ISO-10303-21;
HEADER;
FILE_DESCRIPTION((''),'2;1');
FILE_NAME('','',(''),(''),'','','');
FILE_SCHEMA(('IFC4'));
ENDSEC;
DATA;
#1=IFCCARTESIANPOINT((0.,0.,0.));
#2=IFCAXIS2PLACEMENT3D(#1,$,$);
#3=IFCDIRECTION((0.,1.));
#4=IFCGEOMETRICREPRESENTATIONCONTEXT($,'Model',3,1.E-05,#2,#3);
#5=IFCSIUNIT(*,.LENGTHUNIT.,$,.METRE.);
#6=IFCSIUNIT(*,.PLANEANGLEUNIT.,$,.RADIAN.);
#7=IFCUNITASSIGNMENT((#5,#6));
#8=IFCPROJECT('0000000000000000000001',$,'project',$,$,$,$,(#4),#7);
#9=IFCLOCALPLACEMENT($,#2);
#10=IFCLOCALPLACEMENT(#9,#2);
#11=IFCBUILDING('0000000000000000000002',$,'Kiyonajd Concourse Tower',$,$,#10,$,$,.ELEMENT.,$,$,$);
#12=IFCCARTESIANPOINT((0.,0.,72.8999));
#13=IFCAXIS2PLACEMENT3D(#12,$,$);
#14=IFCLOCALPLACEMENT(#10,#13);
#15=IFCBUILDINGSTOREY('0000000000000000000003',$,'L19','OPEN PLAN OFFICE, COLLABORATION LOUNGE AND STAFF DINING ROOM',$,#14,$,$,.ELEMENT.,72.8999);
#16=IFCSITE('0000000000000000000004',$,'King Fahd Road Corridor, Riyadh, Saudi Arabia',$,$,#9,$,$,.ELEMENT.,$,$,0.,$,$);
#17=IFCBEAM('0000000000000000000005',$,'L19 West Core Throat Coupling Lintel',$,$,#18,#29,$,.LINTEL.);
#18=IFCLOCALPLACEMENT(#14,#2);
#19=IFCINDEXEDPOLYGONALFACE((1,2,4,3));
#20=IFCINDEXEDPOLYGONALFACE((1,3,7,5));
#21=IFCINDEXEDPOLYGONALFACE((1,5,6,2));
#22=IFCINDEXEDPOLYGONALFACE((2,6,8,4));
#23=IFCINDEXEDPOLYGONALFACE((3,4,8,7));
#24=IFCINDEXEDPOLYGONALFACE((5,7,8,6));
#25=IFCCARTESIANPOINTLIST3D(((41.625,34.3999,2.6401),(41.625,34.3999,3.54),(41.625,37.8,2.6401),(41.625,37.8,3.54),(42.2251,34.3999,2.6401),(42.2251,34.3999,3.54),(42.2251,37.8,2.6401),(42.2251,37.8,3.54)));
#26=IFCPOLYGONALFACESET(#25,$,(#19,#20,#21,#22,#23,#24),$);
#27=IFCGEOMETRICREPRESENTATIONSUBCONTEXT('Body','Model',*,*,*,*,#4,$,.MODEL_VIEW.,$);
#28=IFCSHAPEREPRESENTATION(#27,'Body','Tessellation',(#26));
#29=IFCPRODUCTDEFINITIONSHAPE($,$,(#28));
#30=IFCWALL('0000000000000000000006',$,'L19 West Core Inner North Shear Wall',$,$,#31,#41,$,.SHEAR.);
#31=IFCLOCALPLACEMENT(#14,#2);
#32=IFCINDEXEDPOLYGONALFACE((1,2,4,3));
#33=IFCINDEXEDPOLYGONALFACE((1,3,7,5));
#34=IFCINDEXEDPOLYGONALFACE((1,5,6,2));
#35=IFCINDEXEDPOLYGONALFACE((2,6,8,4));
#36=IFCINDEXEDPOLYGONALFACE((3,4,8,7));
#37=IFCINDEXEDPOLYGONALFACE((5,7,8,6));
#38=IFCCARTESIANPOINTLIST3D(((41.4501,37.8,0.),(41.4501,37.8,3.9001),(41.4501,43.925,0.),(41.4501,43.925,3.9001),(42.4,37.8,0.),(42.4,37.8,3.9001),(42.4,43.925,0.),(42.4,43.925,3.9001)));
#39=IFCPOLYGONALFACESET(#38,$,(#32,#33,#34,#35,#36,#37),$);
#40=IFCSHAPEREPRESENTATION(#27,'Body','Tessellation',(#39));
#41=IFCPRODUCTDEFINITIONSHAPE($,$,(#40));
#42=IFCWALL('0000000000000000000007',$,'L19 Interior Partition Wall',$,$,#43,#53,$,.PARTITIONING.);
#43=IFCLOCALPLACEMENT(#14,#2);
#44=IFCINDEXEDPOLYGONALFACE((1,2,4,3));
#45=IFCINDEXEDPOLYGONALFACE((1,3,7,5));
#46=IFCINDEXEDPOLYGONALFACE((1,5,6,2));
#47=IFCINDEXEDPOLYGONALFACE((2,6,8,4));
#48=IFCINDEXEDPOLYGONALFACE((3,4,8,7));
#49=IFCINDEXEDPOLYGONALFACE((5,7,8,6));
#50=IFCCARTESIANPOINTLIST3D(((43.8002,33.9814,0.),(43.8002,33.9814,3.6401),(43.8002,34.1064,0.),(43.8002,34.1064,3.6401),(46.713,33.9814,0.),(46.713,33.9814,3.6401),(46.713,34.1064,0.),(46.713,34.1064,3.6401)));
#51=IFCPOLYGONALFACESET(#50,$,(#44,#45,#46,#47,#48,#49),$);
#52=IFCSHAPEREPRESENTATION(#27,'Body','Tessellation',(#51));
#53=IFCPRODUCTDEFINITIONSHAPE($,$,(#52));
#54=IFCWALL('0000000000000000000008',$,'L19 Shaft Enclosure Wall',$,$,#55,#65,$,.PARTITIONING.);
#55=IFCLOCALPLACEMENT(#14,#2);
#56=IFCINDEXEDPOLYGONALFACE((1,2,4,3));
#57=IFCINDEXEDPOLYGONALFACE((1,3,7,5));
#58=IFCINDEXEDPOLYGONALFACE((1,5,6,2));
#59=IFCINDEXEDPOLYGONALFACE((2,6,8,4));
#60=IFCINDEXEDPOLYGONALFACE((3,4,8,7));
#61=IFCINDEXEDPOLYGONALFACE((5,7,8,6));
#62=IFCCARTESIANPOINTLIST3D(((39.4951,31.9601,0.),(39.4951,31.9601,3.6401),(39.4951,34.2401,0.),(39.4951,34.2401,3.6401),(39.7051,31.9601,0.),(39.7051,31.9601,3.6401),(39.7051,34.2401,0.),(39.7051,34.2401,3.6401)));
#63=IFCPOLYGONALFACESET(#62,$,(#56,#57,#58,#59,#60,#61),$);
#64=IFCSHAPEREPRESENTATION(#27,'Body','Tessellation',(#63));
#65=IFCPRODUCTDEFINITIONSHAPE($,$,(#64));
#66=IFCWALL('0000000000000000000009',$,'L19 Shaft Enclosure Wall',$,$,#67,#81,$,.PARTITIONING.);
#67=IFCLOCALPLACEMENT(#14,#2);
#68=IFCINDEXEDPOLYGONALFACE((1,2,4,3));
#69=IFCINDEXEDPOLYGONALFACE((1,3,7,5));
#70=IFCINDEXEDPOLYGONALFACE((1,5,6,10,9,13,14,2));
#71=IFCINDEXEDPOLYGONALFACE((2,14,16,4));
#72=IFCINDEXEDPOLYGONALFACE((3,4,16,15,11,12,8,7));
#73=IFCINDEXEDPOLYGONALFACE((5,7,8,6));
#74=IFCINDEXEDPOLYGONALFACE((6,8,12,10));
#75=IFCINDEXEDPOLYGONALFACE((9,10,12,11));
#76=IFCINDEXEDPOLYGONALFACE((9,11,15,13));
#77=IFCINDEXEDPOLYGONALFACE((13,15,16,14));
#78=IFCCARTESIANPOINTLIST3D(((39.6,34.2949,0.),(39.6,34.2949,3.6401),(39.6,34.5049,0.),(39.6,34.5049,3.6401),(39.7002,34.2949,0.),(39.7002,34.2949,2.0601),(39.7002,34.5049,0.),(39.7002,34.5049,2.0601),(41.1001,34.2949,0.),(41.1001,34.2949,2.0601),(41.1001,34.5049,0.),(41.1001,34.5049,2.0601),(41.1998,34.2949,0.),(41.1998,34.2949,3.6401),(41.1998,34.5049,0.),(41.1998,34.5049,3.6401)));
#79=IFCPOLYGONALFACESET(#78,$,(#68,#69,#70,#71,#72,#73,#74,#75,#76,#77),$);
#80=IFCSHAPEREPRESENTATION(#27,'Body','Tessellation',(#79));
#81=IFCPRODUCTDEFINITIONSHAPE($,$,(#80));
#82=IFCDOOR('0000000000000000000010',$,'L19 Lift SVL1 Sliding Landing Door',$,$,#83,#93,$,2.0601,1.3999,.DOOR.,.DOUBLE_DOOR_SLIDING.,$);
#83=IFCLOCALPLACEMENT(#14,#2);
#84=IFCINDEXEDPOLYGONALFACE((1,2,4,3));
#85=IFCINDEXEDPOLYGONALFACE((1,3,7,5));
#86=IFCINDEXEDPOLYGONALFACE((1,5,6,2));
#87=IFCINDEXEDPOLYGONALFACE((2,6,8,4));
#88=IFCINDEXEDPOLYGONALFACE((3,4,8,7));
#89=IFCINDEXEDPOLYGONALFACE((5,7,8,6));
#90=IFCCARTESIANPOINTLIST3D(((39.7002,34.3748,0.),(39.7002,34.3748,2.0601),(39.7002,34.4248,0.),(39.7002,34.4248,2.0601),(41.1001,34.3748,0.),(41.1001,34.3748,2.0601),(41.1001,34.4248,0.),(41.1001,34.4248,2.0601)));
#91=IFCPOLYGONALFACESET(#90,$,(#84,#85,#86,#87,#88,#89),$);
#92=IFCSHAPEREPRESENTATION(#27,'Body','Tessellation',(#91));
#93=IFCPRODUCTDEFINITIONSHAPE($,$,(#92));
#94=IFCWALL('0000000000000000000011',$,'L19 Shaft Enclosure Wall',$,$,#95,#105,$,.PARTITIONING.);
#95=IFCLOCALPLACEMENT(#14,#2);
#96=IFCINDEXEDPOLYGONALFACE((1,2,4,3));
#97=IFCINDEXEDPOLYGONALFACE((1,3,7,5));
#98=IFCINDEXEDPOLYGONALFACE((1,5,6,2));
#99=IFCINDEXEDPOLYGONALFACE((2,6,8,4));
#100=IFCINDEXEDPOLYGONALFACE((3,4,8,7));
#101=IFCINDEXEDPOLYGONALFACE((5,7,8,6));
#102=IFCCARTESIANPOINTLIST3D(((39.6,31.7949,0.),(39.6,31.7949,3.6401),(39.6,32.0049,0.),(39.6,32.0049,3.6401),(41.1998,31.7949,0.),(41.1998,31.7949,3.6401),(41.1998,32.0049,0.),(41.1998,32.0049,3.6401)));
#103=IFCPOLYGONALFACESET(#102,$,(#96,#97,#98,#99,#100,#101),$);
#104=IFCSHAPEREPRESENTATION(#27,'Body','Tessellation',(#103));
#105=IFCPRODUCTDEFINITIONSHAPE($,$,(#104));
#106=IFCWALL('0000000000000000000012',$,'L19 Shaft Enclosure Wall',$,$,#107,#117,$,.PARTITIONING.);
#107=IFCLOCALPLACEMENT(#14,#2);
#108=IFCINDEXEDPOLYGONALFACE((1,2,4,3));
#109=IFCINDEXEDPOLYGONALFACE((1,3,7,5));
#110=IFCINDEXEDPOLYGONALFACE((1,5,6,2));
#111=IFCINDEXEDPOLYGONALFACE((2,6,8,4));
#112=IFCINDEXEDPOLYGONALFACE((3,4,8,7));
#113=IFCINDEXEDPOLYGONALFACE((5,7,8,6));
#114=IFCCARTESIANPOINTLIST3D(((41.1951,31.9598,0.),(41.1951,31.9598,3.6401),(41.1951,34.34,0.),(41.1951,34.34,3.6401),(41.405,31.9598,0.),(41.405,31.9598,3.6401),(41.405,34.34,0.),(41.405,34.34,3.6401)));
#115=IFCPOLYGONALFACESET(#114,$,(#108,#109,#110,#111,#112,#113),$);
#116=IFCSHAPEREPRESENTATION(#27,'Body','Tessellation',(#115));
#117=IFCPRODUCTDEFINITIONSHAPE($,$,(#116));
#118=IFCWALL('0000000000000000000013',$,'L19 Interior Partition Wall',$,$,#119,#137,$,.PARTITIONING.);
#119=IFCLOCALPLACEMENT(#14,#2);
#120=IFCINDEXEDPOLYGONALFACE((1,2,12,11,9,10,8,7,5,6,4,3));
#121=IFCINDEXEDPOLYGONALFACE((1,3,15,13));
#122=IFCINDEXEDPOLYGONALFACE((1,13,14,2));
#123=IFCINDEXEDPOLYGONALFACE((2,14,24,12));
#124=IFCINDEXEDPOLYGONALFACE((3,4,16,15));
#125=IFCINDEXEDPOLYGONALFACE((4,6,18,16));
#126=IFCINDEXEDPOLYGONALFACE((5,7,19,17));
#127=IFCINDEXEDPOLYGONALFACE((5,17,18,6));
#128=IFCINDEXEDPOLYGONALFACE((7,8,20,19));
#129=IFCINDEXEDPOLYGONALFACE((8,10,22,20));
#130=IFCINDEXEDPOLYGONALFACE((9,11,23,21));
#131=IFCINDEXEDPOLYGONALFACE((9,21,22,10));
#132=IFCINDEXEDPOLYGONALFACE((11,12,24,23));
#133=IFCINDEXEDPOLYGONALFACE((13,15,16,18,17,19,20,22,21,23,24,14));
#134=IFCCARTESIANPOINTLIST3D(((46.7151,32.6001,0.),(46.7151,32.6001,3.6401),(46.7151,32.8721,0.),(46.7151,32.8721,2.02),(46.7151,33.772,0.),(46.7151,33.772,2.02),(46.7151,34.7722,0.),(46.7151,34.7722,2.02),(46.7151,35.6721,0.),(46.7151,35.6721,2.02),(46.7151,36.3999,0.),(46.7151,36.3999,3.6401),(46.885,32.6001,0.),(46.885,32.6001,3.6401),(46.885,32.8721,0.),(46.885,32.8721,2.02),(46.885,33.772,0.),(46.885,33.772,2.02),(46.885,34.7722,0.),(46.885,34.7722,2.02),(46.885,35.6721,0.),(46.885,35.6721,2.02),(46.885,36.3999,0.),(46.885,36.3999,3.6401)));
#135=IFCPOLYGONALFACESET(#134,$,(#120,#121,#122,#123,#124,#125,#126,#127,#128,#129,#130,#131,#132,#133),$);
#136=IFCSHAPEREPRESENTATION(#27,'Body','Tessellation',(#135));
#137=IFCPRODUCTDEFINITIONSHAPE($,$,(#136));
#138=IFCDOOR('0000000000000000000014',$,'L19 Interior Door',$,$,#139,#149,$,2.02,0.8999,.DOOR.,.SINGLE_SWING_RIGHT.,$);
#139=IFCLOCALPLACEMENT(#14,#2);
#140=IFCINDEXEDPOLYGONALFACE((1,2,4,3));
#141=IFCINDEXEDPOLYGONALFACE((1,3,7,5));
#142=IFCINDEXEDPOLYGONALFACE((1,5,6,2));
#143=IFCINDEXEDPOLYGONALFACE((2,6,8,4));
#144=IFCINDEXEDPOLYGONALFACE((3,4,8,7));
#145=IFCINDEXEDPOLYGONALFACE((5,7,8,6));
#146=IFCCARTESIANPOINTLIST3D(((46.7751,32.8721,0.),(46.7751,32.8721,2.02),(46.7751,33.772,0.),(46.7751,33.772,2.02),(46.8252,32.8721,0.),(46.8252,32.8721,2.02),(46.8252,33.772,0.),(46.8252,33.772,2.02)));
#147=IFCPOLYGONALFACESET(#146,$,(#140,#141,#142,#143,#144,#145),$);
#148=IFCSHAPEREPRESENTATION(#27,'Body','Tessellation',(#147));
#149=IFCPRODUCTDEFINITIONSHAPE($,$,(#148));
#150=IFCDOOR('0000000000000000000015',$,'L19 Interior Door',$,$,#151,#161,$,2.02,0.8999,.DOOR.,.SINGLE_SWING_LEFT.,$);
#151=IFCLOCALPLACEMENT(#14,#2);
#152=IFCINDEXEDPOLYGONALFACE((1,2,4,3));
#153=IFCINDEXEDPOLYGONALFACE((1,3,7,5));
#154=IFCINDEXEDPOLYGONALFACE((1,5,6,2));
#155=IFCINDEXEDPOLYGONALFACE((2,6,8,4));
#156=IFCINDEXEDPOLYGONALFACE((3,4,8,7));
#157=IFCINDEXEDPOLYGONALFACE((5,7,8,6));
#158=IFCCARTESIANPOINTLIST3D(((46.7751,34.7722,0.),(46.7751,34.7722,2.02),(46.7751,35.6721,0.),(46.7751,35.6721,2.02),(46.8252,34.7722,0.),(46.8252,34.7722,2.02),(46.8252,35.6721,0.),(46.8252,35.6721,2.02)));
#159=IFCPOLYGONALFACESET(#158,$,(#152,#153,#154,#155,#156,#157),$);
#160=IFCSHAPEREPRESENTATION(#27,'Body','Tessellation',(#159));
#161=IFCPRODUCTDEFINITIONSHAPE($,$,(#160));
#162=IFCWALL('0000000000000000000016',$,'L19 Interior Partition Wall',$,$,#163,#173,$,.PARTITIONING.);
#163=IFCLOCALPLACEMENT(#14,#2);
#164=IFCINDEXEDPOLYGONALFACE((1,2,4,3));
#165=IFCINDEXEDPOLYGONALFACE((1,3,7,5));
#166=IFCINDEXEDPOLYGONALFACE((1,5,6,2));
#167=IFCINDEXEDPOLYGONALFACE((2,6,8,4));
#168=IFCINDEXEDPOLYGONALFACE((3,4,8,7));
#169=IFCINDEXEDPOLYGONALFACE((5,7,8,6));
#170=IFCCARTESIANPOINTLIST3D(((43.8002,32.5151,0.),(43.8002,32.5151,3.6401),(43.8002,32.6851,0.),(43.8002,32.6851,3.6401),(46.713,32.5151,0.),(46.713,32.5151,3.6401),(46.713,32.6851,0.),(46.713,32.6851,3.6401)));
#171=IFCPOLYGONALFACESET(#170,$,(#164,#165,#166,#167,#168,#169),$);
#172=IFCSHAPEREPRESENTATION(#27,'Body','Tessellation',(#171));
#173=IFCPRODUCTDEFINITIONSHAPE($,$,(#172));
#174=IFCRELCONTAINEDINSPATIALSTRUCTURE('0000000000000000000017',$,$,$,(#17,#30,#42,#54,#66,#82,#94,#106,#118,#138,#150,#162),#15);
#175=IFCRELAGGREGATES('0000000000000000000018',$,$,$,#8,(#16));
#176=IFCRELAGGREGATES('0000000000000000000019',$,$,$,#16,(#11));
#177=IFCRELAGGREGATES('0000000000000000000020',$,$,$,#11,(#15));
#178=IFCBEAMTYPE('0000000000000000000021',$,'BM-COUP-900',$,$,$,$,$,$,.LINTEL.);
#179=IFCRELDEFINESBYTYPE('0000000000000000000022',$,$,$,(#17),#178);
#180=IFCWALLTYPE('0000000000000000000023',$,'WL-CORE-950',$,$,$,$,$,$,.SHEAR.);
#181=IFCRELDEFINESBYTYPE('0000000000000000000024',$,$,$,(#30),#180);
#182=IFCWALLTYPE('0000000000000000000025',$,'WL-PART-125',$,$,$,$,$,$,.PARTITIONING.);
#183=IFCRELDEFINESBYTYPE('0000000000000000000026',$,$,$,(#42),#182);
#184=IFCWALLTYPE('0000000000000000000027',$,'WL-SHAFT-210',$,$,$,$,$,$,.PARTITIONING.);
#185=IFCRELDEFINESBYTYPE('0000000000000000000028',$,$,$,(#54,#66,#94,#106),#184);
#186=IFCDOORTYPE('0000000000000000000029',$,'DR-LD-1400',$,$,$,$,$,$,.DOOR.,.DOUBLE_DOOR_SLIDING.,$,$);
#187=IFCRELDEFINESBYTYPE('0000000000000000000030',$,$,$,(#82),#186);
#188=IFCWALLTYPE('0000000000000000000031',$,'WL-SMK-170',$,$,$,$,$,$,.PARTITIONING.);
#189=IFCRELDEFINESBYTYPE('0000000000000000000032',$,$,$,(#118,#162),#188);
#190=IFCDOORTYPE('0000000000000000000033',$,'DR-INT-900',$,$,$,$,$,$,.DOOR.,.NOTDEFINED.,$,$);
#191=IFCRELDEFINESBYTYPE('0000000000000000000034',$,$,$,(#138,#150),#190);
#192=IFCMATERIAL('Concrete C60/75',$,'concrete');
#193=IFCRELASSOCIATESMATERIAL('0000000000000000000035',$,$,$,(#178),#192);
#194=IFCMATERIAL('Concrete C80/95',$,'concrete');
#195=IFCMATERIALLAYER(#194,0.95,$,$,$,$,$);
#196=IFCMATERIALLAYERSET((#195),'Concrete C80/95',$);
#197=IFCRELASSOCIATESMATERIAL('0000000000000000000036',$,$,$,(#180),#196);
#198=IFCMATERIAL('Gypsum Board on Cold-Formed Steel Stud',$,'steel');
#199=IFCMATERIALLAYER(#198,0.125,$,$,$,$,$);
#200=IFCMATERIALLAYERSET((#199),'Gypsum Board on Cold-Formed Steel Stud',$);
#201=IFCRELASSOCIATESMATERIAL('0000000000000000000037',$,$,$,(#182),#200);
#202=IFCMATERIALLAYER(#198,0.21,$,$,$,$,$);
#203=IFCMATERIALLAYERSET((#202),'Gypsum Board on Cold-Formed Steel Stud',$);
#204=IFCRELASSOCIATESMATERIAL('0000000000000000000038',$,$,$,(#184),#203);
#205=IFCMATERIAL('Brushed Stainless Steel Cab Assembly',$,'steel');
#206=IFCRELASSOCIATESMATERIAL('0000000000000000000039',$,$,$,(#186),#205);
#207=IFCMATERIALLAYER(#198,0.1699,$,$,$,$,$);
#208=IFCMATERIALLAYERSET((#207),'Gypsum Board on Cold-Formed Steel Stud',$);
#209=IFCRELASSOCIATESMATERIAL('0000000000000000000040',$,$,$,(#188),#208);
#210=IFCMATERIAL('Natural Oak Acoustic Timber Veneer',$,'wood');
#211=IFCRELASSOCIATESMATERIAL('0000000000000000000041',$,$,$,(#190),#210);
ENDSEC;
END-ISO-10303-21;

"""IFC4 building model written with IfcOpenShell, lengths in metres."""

from ifc_helpers import new_model, si_unit, direction, frame, frame_2d, origin, origin_2d, place, context, subcontext, project, spatial, rectangle, extrude, material, layer, layer_set, material_profile, profile_set, type_object, element, fill, save


model = new_model("IFC4")

# Units and contexts
model_context = context("Model", 3, precision=1e-05, world=origin(), true_north=direction((0.0, 1.0)))
body_context = subcontext(model_context, "Body", "Model", "MODEL_VIEW")
ifc_project = project(units=[si_unit("LENGTHUNIT", "METRE"), si_unit("PLANEANGLEUNIT", "RADIAN")], contexts=[model_context])

# Site, building, storey
site_placement = place(None, origin())
site = spatial("IfcSite", under=ifc_project, at=site_placement, Name="King Fahd Road Corridor, Riyadh, Saudi Arabia", CompositionType="ELEMENT", RefElevation=0.0)
building_placement = place(site_placement, origin())
building = spatial("IfcBuilding", under=site, at=building_placement, Name="Kiyonajd Concourse Tower", CompositionType="ELEMENT")
storey_placement = place(building_placement, frame((0.0, 0.0, 72.8999)))
storey = spatial("IfcBuildingStorey", under=building, at=storey_placement, Name="L19", Description="OPEN PLAN OFFICE, COLLABORATION LOUNGE AND STAFF DINING ROOM", CompositionType="ELEMENT", Elevation=72.8999)

# Beam
ifc_material_1 = material(Name="Concrete C60/75", Category="concrete")
ifc_material_profile = material_profile(ifc_material_1, rectangle(XDim=0.6001, YDim=0.8999, at=origin_2d()), Name="RCBM-600x900")
ifc_profile_set = profile_set([ifc_material_profile], Name="Concrete C60/75")
beam_type = type_object("IfcBeamType", Name="BM-COUP-900", PredefinedType="LINTEL", material=ifc_profile_set)
beam_placement = place(storey_placement, frame((41.925, 34.3999, 3.0901), z_axis=(0.0, 1.0, 0.0), x_axis=(-1.0, 0.0, 0.0)))
element("IfcBeam", 1, at=beam_placement, inside=storey, type_object=beam_type, Name="L19 West Core Throat Coupling Lintel", PredefinedType="LINTEL", context=body_context, shape_type="SweptSolid", body=[
    extrude(rectangle(XDim=0.6001, YDim=0.8999, at=origin_2d()), origin(), (0.0, 0.0, 1.0), 3.4001),
])

# Walls
ifc_material_2 = material(Name="Concrete C80/95", Category="concrete")
ifc_layer_1 = layer(ifc_material_2, 0.95)
ifc_layer_set_1 = layer_set([ifc_layer_1], Name="Concrete C80/95")
wall_type_1 = type_object("IfcWallType", Name="WL-CORE-950", PredefinedType="SHEAR", material=ifc_layer_set_1)
wall_1_placement = place(storey_placement, frame((41.925, 37.8, 0.0), z_axis=(0.0, 0.0, 1.0), x_axis=(0.0, 1.0, 0.0)))
element("IfcWall", 2, at=wall_1_placement, inside=storey, type_object=wall_type_1, Name="L19 West Core Inner North Shear Wall", PredefinedType="SHEAR", context=body_context, shape_type="SweptSolid", body=[
    extrude(rectangle(XDim=6.125, YDim=0.95, at=frame_2d((3.0625, 0.0))), origin(), (0.0, 0.0, 1.0), 3.9001),
])
ifc_material_3 = material(Name="Gypsum Board on Cold-Formed Steel Stud", Category="steel")
ifc_layer_2 = layer(ifc_material_3, 0.125)
ifc_layer_set_2 = layer_set([ifc_layer_2], Name="Gypsum Board on Cold-Formed Steel Stud")
wall_type_2 = type_object("IfcWallType", Name="WL-PART-125", PredefinedType="PARTITIONING", material=ifc_layer_set_2)
wall_2_placement = place(storey_placement, frame((43.8, 34.0439, 0.0), z_axis=(0.0, 0.0, 1.0), x_axis=(1.0, 0.0, 0.0)))
element("IfcWall", 3, at=wall_2_placement, inside=storey, type_object=wall_type_2, Name="L19 Interior Partition Wall", PredefinedType="PARTITIONING", context=body_context, shape_type="SweptSolid", body=[
    extrude(rectangle(XDim=2.9128, YDim=0.125, at=frame_2d((1.4565, 0.0))), origin(), (0.0, 0.0, 1.0), 3.6401),
])
ifc_layer_3 = layer(ifc_material_3, 0.21)
ifc_layer_set_3 = layer_set([ifc_layer_3], Name="Gypsum Board on Cold-Formed Steel Stud")
wall_type_3 = type_object("IfcWallType", Name="WL-SHAFT-210", PredefinedType="PARTITIONING", material=ifc_layer_set_3)
wall_3_placement = place(storey_placement, frame((39.6001, 31.96, 0.0), z_axis=(0.0, 0.0, 1.0), x_axis=(0.0, 1.0, 0.0)))
element("IfcWall", 4, at=wall_3_placement, inside=storey, type_object=wall_type_3, Name="L19 Shaft Enclosure Wall", PredefinedType="PARTITIONING", context=body_context, shape_type="SweptSolid", body=[
    extrude(rectangle(XDim=2.28, YDim=0.21, at=frame_2d((1.1401, 0.0))), origin(), (0.0, 0.0, 1.0), 3.6401),
])

# Wall, opening, door
wall_4_placement = place(storey_placement, frame((39.6001, 34.3999, 0.0), z_axis=(0.0, 0.0, 1.0), x_axis=(1.0, 0.0, 0.0)))
wall_4 = element("IfcWall", 5, at=wall_4_placement, inside=storey, type_object=wall_type_3, Name="L19 Shaft Enclosure Wall", PredefinedType="PARTITIONING", context=body_context, shape_type="SweptSolid", body=[
    extrude(rectangle(XDim=1.5999, YDim=0.21, at=frame_2d((0.7998, 0.0))), origin(), (0.0, 0.0, 1.0), 3.6401),
])
opening_1_placement = place(wall_4_placement, frame((0.1001, 0.0, 0.0)))
opening_1 = element("IfcOpeningElement", 6, at=opening_1_placement, cuts=wall_4, PredefinedType="OPENING", context=body_context, shape_type="SweptSolid", body=[
    extrude(rectangle(XDim=1.3999, YDim=2.0601, at=frame_2d((0.7, 1.03))), frame((0.0, 0.115, 0.0), z_axis=(0.0, -1.0, 0.0), x_axis=(1.0, 0.0, 0.0)), (0.0, 0.0, 1.0), 0.23),
])
ifc_material_4 = material(Name="Brushed Stainless Steel Cab Assembly", Category="steel")
door_type_1 = type_object("IfcDoorType", Name="DR-LD-1400", OperationType="DOUBLE_DOOR_SLIDING", PredefinedType="DOOR", material=ifc_material_4)
door_1_placement = place(opening_1_placement, origin())
door_1 = element("IfcDoor", 7, at=door_1_placement, inside=storey, type_object=door_type_1, Name="L19 Lift SVL1 Sliding Landing Door", OperationType="DOUBLE_DOOR_SLIDING", OverallHeight=2.0601, OverallWidth=1.3999, PredefinedType="DOOR", context=body_context, shape_type="SweptSolid", body=[
    extrude(rectangle(XDim=1.3999, YDim=2.0601, at=frame_2d((0.7, 1.03))), frame((0.0, 0.0249, 0.0), z_axis=(0.0, -1.0, 0.0), x_axis=(1.0, 0.0, 0.0)), (0.0, 0.0, 1.0), 0.05),
])
fill(opening_1, door_1)

# Walls
wall_5_placement = place(storey_placement, frame((39.6001, 31.8999, 0.0), z_axis=(0.0, 0.0, 1.0), x_axis=(1.0, 0.0, 0.0)))
element("IfcWall", 8, at=wall_5_placement, inside=storey, type_object=wall_type_3, Name="L19 Shaft Enclosure Wall", PredefinedType="PARTITIONING", context=body_context, shape_type="SweptSolid", body=[
    extrude(rectangle(XDim=1.5999, YDim=0.21, at=frame_2d((0.7998, 0.0))), origin(), (0.0, 0.0, 1.0), 3.6401),
])
wall_6_placement = place(storey_placement, frame((41.3, 31.96, 0.0), z_axis=(0.0, 0.0, 1.0), x_axis=(0.0, 1.0, 0.0)))
element("IfcWall", 9, at=wall_6_placement, inside=storey, type_object=wall_type_3, Name="L19 Shaft Enclosure Wall", PredefinedType="PARTITIONING", context=body_context, shape_type="SweptSolid", body=[
    extrude(rectangle(XDim=2.3801, YDim=0.21, at=frame_2d((1.1899, 0.0))), origin(), (0.0, 0.0, 1.0), 3.6401),
])

# Wall, openings, doors
ifc_layer_4 = layer(ifc_material_3, 0.1699)
ifc_layer_set_4 = layer_set([ifc_layer_4], Name="Gypsum Board on Cold-Formed Steel Stud")
wall_type_4 = type_object("IfcWallType", Name="WL-SMK-170", PredefinedType="PARTITIONING", material=ifc_layer_set_4)
wall_7_placement = place(storey_placement, frame((46.8, 32.6001, 0.0), z_axis=(0.0, 0.0, 1.0), x_axis=(0.0, 1.0, 0.0)))
wall_7 = element("IfcWall", 10, at=wall_7_placement, inside=storey, type_object=wall_type_4, Name="L19 Interior Partition Wall", PredefinedType="PARTITIONING", context=body_context, shape_type="SweptSolid", body=[
    extrude(rectangle(XDim=3.7998, YDim=0.1699, at=frame_2d((1.8999, 0.0))), origin(), (0.0, 0.0, 1.0), 3.6401),
])
opening_2_placement = place(wall_7_placement, frame((0.272, 0.0, 0.0)))
opening_2 = element("IfcOpeningElement", 11, at=opening_2_placement, cuts=wall_7, PredefinedType="OPENING", context=body_context, shape_type="SweptSolid", body=[
    extrude(rectangle(XDim=0.8999, YDim=2.02, at=frame_2d((0.45, 1.01))), frame((0.0, 0.095, 0.0), z_axis=(0.0, -1.0, 0.0), x_axis=(1.0, 0.0, 0.0)), (0.0, 0.0, 1.0), 0.1899),
])
opening_3_placement = place(wall_7_placement, frame((2.1721, 0.0, 0.0)))
opening_3 = element("IfcOpeningElement", 12, at=opening_3_placement, cuts=wall_7, PredefinedType="OPENING", context=body_context, shape_type="SweptSolid", body=[
    extrude(rectangle(XDim=0.8999, YDim=2.02, at=frame_2d((0.45, 1.01))), frame((0.0, 0.095, 0.0), z_axis=(0.0, -1.0, 0.0), x_axis=(1.0, 0.0, 0.0)), (0.0, 0.0, 1.0), 0.1899),
])
ifc_material_5 = material(Name="Natural Oak Acoustic Timber Veneer", Category="wood")
door_type_2 = type_object("IfcDoorType", Name="DR-INT-900", OperationType="NOTDEFINED", PredefinedType="DOOR", material=ifc_material_5)
door_2_placement = place(opening_2_placement, origin())
door_2 = element("IfcDoor", 13, at=door_2_placement, inside=storey, type_object=door_type_2, Name="L19 Interior Door", OperationType="SINGLE_SWING_RIGHT", OverallHeight=2.02, OverallWidth=0.8999, PredefinedType="DOOR", context=body_context, shape_type="SweptSolid", body=[
    extrude(rectangle(XDim=0.8999, YDim=2.02, at=frame_2d((0.45, 1.01))), frame((0.0, 0.0249, 0.0), z_axis=(0.0, -1.0, 0.0), x_axis=(1.0, 0.0, 0.0)), (0.0, 0.0, 1.0), 0.05),
])
fill(opening_2, door_2)
door_3_placement = place(opening_3_placement, origin())
door_3 = element("IfcDoor", 14, at=door_3_placement, inside=storey, type_object=door_type_2, Name="L19 Interior Door", OperationType="SINGLE_SWING_LEFT", OverallHeight=2.02, OverallWidth=0.8999, PredefinedType="DOOR", context=body_context, shape_type="SweptSolid", body=[
    extrude(rectangle(XDim=0.8999, YDim=2.02, at=frame_2d((0.45, 1.01))), frame((0.0, 0.0249, 0.0), z_axis=(0.0, -1.0, 0.0), x_axis=(1.0, 0.0, 0.0)), (0.0, 0.0, 1.0), 0.05),
])
fill(opening_3, door_3)

# Wall
for number, where, z_axis, x_axis, name in (
    (15, (43.8, 32.6001, 0.0), (0.0, 0.0, 1.0), (1.0, 0.0, 0.0), "L19 Interior Partition Wall"),
):
    element("IfcWall", number, at=place(storey_placement, frame(where, z_axis=z_axis, x_axis=x_axis)), inside=storey, type_object=wall_type_4, Name=name, PredefinedType="PARTITIONING", context=body_context, shape_type="SweptSolid", body=[
        extrude(rectangle(XDim=2.9128, YDim=0.1699, at=frame_2d((1.4565, 0.0))), origin(), (0.0, 0.0, 1.0), 3.6401),
    ])

save(model, "model.ifc")
